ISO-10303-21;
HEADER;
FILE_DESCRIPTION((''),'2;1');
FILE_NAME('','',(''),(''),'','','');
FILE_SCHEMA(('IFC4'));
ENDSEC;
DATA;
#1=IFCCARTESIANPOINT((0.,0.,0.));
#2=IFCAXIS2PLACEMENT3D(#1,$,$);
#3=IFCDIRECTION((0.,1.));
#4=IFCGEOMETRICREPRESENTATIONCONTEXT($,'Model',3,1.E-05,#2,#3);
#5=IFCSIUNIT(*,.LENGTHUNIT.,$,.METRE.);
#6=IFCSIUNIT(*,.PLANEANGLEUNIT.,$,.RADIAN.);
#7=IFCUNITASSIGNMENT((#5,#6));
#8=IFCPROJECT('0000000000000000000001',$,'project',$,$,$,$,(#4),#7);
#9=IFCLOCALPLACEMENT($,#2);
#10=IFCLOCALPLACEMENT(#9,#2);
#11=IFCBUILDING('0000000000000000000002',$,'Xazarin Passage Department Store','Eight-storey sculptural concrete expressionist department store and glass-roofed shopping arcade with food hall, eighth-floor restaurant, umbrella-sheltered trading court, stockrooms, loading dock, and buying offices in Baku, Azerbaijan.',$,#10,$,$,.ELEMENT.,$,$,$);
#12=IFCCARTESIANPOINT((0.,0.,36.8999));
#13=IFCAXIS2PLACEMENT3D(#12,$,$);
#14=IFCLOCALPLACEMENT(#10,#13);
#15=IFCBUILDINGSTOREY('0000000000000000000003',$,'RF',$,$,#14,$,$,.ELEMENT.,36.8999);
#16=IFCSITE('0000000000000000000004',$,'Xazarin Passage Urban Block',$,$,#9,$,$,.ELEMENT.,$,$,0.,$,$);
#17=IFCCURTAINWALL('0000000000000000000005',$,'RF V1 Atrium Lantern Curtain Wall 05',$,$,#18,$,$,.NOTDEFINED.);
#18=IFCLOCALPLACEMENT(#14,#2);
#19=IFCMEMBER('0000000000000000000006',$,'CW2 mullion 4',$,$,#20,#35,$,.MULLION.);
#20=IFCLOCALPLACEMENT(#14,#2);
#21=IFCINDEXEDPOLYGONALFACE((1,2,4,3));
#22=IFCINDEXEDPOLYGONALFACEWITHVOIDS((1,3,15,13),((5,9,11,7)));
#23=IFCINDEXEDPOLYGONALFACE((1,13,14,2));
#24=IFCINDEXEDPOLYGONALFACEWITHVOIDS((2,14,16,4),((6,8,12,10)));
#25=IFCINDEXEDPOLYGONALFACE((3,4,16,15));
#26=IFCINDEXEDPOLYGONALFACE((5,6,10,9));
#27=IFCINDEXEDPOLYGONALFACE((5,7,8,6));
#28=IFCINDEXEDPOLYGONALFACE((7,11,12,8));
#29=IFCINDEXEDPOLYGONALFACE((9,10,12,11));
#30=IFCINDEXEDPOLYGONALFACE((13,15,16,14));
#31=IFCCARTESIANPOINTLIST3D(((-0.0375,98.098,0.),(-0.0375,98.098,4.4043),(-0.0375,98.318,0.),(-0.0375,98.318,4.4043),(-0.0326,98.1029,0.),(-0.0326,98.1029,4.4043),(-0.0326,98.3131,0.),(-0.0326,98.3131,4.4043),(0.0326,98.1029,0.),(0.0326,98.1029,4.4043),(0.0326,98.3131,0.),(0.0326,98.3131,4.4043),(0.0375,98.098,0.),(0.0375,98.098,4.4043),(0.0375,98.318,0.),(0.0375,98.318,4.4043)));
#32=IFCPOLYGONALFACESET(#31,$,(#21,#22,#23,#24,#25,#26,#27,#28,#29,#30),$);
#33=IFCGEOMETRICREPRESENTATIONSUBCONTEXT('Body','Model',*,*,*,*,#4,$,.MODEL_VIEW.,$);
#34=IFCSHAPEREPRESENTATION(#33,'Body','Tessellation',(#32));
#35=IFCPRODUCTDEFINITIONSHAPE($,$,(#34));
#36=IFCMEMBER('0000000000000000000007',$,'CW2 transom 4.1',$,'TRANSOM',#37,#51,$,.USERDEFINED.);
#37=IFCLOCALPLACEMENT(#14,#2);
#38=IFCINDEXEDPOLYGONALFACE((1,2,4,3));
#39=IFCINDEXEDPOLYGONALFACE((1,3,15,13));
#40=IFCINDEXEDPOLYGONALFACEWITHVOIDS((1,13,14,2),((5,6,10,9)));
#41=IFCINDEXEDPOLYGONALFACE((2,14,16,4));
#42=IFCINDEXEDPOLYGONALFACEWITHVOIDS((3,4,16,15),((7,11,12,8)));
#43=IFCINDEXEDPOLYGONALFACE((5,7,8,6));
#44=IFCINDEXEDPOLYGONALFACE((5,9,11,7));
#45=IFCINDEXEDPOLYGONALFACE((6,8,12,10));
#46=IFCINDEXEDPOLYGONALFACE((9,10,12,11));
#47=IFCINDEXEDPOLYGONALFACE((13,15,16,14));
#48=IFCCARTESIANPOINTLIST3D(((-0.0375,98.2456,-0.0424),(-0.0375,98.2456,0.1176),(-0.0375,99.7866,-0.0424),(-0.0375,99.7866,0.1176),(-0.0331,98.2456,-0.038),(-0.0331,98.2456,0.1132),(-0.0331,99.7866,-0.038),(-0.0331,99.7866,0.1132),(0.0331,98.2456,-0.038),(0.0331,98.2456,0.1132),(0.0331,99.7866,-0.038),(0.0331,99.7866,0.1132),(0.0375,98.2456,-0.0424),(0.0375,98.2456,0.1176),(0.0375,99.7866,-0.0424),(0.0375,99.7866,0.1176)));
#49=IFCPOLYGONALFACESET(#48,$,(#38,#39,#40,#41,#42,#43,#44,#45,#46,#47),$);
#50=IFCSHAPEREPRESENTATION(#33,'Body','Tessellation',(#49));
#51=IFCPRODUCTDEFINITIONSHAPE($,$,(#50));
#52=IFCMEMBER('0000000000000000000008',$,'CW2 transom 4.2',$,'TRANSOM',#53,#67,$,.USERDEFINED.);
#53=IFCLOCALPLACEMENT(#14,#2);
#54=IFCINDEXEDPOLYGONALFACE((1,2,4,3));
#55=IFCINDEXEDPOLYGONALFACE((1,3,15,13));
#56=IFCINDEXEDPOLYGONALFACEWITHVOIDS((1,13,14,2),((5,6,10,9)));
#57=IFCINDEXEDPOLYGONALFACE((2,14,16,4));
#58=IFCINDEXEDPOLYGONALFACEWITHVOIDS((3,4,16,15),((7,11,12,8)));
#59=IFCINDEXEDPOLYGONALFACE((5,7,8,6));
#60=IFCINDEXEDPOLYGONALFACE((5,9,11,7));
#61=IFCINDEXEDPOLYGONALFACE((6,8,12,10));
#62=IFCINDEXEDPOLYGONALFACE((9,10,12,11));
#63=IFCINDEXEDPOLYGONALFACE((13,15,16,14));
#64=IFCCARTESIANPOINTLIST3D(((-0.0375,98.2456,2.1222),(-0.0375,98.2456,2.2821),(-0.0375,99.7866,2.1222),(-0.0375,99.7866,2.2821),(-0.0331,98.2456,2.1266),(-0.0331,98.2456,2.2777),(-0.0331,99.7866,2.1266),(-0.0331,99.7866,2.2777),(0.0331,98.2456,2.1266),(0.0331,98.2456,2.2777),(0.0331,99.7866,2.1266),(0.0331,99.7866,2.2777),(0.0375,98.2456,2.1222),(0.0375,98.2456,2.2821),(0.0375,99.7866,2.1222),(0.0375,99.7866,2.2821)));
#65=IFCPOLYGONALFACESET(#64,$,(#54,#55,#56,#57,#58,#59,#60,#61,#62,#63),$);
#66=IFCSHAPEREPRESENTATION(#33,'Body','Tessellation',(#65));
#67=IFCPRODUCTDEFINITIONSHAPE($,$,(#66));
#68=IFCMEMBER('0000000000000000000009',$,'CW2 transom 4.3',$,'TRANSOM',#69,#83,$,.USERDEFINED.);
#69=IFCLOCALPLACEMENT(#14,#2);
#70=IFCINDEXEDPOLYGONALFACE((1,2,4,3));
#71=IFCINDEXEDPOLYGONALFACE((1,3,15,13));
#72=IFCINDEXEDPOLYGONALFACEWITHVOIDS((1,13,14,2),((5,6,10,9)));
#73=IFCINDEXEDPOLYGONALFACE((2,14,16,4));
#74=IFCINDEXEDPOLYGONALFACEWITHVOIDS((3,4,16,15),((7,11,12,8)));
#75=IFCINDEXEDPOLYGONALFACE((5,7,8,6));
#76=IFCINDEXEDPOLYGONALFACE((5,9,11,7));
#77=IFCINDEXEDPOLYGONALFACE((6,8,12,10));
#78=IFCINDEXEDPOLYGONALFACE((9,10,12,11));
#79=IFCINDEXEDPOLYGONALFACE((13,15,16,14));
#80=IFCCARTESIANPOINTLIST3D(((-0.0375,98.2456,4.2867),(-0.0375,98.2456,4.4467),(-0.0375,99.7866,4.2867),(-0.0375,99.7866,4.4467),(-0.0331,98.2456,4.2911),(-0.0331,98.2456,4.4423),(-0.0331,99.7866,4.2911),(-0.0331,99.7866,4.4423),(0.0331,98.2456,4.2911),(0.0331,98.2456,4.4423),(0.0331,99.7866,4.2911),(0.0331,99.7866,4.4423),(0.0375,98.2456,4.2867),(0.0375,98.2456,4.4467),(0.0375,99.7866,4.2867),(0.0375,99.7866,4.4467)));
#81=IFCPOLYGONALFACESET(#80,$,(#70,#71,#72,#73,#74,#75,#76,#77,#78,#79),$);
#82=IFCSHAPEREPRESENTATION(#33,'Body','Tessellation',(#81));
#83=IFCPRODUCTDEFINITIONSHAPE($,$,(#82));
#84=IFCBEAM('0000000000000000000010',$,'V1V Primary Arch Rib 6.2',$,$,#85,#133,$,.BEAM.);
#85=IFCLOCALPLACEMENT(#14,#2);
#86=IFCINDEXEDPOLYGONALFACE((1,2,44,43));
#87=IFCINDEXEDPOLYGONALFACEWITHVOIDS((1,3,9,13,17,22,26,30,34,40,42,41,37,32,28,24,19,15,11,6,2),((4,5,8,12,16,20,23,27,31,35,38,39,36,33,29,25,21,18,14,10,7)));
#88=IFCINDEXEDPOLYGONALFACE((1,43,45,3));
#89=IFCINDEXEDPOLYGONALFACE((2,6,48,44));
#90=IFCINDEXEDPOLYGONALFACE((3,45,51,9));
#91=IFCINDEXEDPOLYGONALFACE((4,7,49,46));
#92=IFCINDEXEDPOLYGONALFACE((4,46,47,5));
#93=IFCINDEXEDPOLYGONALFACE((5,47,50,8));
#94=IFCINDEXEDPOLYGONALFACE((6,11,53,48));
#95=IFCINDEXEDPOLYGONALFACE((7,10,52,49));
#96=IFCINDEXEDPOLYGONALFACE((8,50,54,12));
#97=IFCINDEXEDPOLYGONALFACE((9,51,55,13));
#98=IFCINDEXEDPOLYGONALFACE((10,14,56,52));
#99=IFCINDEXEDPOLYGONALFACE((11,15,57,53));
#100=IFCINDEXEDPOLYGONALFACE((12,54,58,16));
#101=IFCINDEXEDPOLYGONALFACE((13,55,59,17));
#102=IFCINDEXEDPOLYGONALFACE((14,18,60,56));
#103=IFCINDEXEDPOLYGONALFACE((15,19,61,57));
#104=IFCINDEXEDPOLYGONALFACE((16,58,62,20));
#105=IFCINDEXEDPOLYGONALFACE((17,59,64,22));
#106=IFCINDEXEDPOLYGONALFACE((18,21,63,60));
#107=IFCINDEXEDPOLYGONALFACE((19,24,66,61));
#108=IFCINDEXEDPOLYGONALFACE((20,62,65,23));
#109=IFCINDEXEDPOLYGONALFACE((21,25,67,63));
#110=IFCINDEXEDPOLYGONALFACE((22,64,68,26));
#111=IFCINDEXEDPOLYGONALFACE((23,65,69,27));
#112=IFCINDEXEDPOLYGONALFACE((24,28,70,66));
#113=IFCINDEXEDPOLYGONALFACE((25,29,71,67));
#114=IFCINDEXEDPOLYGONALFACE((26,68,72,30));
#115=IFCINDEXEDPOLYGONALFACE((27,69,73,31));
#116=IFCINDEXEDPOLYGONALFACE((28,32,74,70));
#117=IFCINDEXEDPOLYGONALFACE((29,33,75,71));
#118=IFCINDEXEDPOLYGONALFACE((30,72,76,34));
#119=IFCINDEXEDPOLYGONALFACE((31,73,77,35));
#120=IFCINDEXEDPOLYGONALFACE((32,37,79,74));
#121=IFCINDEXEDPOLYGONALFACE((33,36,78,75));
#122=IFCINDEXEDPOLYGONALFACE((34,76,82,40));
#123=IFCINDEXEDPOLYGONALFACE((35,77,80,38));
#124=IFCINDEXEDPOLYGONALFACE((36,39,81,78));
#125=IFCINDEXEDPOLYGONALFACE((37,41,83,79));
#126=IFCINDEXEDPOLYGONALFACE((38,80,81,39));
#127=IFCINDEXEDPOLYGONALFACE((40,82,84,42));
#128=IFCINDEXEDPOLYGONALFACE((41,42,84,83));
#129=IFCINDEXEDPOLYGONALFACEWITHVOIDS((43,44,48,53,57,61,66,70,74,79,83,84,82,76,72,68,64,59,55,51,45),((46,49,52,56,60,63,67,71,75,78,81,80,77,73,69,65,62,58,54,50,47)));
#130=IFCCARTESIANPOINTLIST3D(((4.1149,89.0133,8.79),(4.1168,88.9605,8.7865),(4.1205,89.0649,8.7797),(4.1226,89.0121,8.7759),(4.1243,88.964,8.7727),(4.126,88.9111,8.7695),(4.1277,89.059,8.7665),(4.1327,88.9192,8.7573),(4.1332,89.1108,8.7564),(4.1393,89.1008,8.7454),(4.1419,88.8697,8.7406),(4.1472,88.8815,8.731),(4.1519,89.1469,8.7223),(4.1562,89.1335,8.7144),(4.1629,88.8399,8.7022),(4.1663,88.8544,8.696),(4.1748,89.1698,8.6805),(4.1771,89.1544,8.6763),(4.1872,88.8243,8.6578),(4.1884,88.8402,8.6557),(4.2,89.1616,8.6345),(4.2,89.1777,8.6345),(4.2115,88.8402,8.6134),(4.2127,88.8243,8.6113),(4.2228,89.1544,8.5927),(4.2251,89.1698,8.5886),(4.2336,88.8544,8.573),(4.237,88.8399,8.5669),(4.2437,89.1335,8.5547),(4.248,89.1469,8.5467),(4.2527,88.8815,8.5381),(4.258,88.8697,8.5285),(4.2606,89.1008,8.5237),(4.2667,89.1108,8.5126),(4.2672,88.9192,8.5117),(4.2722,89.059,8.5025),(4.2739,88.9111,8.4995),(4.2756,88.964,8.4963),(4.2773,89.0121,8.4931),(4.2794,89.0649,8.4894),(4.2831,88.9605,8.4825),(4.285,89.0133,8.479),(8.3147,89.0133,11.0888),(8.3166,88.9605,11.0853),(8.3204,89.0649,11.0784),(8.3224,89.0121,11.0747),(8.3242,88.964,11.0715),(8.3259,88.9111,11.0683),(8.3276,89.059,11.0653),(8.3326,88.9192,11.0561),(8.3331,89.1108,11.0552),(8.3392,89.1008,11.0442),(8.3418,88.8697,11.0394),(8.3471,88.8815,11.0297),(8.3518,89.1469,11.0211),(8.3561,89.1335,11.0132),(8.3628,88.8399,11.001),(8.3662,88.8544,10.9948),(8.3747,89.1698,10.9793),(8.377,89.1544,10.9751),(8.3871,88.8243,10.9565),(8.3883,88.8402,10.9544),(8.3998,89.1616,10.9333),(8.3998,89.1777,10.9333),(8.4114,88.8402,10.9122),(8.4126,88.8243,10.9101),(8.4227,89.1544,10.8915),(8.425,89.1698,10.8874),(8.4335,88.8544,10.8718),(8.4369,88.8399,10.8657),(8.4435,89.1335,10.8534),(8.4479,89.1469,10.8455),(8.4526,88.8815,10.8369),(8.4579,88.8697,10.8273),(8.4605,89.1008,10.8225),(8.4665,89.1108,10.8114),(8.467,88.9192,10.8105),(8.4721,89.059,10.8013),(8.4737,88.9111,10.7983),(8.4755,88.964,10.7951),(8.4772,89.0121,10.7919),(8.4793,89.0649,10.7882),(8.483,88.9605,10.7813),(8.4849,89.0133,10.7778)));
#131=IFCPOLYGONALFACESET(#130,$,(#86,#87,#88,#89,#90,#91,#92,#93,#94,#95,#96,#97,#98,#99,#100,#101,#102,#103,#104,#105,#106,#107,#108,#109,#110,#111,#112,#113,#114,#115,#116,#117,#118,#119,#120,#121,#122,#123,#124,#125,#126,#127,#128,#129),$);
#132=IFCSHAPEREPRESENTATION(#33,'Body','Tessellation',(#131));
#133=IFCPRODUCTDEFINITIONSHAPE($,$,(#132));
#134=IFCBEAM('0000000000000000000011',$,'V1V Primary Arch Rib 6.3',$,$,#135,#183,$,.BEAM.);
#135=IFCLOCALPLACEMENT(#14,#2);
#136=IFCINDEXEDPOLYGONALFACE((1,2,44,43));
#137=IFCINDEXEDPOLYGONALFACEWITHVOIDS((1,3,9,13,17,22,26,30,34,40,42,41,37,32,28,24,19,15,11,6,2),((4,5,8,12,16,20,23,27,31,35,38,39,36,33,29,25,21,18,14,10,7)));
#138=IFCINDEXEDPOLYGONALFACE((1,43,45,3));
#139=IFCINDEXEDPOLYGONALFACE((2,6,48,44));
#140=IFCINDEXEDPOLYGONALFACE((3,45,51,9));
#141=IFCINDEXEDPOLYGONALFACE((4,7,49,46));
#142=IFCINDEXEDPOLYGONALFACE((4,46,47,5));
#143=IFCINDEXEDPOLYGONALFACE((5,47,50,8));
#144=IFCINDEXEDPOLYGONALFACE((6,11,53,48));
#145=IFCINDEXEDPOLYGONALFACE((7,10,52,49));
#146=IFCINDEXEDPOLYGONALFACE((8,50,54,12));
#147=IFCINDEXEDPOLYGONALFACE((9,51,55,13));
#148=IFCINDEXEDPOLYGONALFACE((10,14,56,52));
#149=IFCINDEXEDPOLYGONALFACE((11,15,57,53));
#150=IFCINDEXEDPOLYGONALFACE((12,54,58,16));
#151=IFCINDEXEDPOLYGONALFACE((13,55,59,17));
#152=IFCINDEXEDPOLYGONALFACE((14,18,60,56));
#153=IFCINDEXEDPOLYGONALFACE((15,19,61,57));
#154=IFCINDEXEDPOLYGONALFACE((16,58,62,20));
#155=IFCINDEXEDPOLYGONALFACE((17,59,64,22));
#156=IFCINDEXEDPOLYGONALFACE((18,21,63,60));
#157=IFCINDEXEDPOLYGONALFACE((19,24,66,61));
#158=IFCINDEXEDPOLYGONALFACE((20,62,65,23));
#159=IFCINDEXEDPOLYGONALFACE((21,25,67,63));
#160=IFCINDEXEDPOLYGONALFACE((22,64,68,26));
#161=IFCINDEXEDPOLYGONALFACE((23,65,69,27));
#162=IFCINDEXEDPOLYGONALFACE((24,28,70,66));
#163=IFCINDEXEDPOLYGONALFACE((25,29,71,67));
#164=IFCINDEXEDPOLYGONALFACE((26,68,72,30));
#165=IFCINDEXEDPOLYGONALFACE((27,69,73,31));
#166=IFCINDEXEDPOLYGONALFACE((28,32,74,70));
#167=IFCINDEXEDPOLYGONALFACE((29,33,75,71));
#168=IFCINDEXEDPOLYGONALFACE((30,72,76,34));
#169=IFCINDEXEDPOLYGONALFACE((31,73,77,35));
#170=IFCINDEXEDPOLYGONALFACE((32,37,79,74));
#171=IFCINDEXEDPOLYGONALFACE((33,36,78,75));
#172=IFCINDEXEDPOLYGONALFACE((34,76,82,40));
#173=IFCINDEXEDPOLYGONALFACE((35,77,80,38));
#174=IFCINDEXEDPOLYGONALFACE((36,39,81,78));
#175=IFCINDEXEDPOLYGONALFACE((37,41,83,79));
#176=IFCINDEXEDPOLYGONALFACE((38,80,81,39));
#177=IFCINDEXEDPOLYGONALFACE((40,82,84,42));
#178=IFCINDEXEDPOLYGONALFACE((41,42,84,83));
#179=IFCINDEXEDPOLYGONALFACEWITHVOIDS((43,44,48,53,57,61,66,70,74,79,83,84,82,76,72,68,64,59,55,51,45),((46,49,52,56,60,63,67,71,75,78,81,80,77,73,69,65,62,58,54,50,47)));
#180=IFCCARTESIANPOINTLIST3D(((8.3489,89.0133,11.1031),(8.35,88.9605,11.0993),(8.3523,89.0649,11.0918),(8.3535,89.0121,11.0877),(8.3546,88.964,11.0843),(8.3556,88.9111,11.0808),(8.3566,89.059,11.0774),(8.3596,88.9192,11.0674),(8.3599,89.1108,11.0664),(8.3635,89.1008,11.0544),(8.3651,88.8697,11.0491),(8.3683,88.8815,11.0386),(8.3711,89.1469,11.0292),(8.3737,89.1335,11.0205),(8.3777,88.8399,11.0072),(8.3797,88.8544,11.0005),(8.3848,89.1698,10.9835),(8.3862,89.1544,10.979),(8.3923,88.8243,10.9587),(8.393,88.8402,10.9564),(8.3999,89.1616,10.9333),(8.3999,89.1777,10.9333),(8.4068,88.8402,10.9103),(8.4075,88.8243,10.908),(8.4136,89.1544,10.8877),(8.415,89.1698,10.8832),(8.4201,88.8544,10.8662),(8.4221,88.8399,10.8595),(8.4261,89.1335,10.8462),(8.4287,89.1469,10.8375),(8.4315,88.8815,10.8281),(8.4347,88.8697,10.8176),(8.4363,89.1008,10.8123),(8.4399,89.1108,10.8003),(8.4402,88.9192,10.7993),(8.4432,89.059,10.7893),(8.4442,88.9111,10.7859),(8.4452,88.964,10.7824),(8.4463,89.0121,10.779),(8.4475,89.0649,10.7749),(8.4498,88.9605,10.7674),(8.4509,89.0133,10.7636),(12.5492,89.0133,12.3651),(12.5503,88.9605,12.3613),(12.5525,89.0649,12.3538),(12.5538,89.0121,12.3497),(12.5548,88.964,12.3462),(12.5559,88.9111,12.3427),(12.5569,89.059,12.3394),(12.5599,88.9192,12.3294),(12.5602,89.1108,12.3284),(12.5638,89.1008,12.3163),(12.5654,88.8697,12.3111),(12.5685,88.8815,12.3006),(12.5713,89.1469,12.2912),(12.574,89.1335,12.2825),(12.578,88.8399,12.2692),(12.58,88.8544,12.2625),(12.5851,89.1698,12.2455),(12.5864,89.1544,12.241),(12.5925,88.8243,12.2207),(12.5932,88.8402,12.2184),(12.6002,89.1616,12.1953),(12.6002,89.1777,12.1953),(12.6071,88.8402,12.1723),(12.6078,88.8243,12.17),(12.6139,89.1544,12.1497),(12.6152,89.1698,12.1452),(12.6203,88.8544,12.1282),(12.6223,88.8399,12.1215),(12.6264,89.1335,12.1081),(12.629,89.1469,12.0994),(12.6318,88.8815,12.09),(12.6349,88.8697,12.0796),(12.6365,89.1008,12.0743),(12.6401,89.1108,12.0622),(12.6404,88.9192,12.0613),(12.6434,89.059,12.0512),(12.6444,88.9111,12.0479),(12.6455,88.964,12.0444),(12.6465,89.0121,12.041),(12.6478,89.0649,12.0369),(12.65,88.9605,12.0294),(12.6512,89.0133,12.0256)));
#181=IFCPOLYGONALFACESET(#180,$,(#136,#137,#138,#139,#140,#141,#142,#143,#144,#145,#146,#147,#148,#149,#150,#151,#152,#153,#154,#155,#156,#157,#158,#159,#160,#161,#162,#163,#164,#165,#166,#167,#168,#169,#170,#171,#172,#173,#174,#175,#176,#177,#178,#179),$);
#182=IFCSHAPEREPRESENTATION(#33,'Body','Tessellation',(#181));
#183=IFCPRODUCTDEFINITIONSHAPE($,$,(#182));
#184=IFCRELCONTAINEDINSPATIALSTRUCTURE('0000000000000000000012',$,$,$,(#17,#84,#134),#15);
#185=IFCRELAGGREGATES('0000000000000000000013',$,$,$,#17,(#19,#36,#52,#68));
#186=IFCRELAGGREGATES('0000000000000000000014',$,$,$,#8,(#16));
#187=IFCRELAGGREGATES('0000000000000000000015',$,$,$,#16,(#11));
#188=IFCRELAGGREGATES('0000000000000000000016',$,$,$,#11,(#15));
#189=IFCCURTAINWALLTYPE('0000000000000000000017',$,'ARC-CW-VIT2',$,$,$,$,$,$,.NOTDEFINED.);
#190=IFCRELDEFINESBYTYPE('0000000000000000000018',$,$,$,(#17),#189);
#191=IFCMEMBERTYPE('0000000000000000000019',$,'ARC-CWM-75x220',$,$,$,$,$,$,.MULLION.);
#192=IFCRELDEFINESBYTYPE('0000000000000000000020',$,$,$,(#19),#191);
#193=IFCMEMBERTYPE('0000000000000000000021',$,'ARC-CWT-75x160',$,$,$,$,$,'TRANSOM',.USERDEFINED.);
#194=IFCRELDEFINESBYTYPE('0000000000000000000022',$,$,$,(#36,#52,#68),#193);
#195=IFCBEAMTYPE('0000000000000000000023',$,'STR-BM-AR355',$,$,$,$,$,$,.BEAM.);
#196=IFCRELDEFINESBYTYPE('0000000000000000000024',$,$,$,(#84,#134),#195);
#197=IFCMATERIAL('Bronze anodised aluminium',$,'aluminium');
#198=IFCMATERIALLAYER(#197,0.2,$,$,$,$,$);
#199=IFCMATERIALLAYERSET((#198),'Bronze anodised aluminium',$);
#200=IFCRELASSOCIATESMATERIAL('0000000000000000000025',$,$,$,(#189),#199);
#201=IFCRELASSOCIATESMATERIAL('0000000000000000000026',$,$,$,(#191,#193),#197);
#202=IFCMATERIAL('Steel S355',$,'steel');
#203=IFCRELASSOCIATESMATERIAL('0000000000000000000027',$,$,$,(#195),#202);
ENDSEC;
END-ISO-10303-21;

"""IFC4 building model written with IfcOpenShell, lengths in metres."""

from ifc_helpers import new_model, si_unit, direction, frame, origin, origin_2d, place, context, subcontext, project, spatial, hollow_rectangle, hollow_circle, extrude, material, layer, layer_set, material_profile, profile_set, type_object, element, aggregate, save


model = new_model("IFC4")

# Units and contexts
model_context = context("Model", 3, precision=1e-05, world=origin(), true_north=direction((0.0, 1.0)))
body_context = subcontext(model_context, "Body", "Model", "MODEL_VIEW")
ifc_project = project(units=[si_unit("LENGTHUNIT", "METRE"), si_unit("PLANEANGLEUNIT", "RADIAN")], contexts=[model_context])

# Site, building, storey
site_placement = place(None, origin())
site = spatial("IfcSite", under=ifc_project, at=site_placement, Name="Xazarin Passage Urban Block", CompositionType="ELEMENT", RefElevation=0.0)
building_placement = place(site_placement, origin())
building = spatial("IfcBuilding", under=site, at=building_placement, Name="Xazarin Passage Department Store", Description="Eight-storey sculptural concrete expressionist department store and glass-roofed shopping arcade with food hall, eighth-floor restaurant, umbrella-sheltered trading court, stockrooms, loading dock, and buying offices in Baku, Azerbaijan.", CompositionType="ELEMENT")
storey_placement = place(building_placement, frame((0.0, 0.0, 36.8999)))
storey = spatial("IfcBuildingStorey", under=building, at=storey_placement, Name="RF", CompositionType="ELEMENT", Elevation=36.8999)

# Curtain wall, members
ifc_material_1 = material(Name="Bronze anodised aluminium", Category="aluminium")
ifc_layer_1 = layer(ifc_material_1, 0.2)
ifc_layer_set_1 = layer_set([ifc_layer_1], Name="Bronze anodised aluminium")
curtain_wall_type = type_object("IfcCurtainWallType", Name="ARC-CW-VIT2", PredefinedType="NOTDEFINED", material=ifc_layer_set_1)
curtain_wall_placement = place(storey_placement, origin())
curtain_wall = element("IfcCurtainWall", 1, at=curtain_wall_placement, inside=storey, type_object=curtain_wall_type, Name="RF V1 Atrium Lantern Curtain Wall 05", PredefinedType="NOTDEFINED")
ifc_material_profile_1 = material_profile(ifc_material_1, hollow_rectangle(XDim=0.075, YDim=0.22, WallThickness=0.0049, at=origin_2d()), Name="ALU 75x220")
ifc_profile_set_1 = profile_set([ifc_material_profile_1], Name="Bronze anodised aluminium")
member_type_1 = type_object("IfcMemberType", Name="ARC-CWM-75x220", PredefinedType="MULLION", material=ifc_profile_set_1)
member_1_placement = place(storey_placement, frame((0.0, 98.208, 0.0), z_axis=(0.0, 0.0, 1.0), x_axis=(-1.0, 0.0, 0.0)))
member_1 = element("IfcMember", 2, at=member_1_placement, type_object=member_type_1, Name="CW2 mullion 4", PredefinedType="MULLION", context=body_context, shape_type="SweptSolid", body=[
    extrude(hollow_rectangle(XDim=0.075, YDim=0.22, WallThickness=0.0049, at=origin_2d()), origin(), (0.0, 0.0, 1.0), 4.4043),
])
ifc_material_profile_2 = material_profile(ifc_material_1, hollow_rectangle(XDim=0.075, YDim=0.1599, WallThickness=0.0044, at=origin_2d()), Name="ALU 75x160")
ifc_profile_set_2 = profile_set([ifc_material_profile_2], Name="Bronze anodised aluminium")
member_type_2 = type_object("IfcMemberType", Name="ARC-CWT-75x160", ElementType="TRANSOM", PredefinedType="USERDEFINED", material=ifc_profile_set_2)
member_2_placement = place(storey_placement, frame((0.0, 98.2456, 0.0376), z_axis=(0.0, 1.0, 0.0), x_axis=(-1.0, 0.0, 0.0)))
member_2 = element("IfcMember", 3, at=member_2_placement, type_object=member_type_2, Name="CW2 transom 4.1", ObjectType="TRANSOM", PredefinedType="USERDEFINED", context=body_context, shape_type="SweptSolid", body=[
    extrude(hollow_rectangle(XDim=0.075, YDim=0.1599, WallThickness=0.0044, at=origin_2d()), origin(), (0.0, 0.0, 1.0), 1.541),
])
member_3_placement = place(storey_placement, frame((0.0, 98.2456, 2.2021), z_axis=(0.0, 1.0, 0.0), x_axis=(-1.0, 0.0, 0.0)))
member_3 = element("IfcMember", 4, at=member_3_placement, type_object=member_type_2, Name="CW2 transom 4.2", ObjectType="TRANSOM", PredefinedType="USERDEFINED", context=body_context, shape_type="SweptSolid", body=[
    extrude(hollow_rectangle(XDim=0.075, YDim=0.1599, WallThickness=0.0044, at=origin_2d()), origin(), (0.0, 0.0, 1.0), 1.541),
])
member_4_placement = place(storey_placement, frame((0.0, 98.2456, 4.3667), z_axis=(0.0, 1.0, 0.0), x_axis=(-1.0, 0.0, 0.0)))
member_4 = element("IfcMember", 5, at=member_4_placement, type_object=member_type_2, Name="CW2 transom 4.3", ObjectType="TRANSOM", PredefinedType="USERDEFINED", context=body_context, shape_type="SweptSolid", body=[
    extrude(hollow_rectangle(XDim=0.075, YDim=0.1599, WallThickness=0.0044, at=origin_2d()), origin(), (0.0, 0.0, 1.0), 1.541),
])

# Beams
ifc_material_2 = material(Name="Steel S355", Category="steel")
ifc_material_profile_3 = material_profile(ifc_material_2, hollow_circle(Radius=0.1777, WallThickness=0.0161, at=origin_2d()), Name="CHS 355.6x16")
ifc_profile_set_3 = profile_set([ifc_material_profile_3], Name="Steel S355")
beam_type_1 = type_object("IfcBeamType", Name="STR-BM-AR355", PredefinedType="BEAM", material=ifc_profile_set_3)
beam_1_placement = place(storey_placement, frame((4.2, 89.0, 8.6345), z_axis=(0.877197, 0.0, 0.480131), x_axis=(0.0, 1.0, 0.0)))
element("IfcBeam", 6, at=beam_1_placement, inside=storey, type_object=beam_type_1, Name="V1V Primary Arch Rib 6.2", PredefinedType="BEAM", context=body_context, shape_type="SweptSolid", body=[
    extrude(hollow_circle(Radius=0.1777, WallThickness=0.0161, at=origin_2d()), origin(), (0.0, 0.0, 1.0), 4.7878),
])
beam_2_placement = place(storey_placement, frame((8.3999, 89.0, 10.9333), z_axis=(0.957707, 0.0, 0.287746), x_axis=(0.0, 1.0, 0.0)))
element("IfcBeam", 7, at=beam_2_placement, inside=storey, type_object=beam_type_1, Name="V1V Primary Arch Rib 6.3", PredefinedType="BEAM", context=body_context, shape_type="SweptSolid", body=[
    extrude(hollow_circle(Radius=0.1777, WallThickness=0.0161, at=origin_2d()), origin(), (0.0, 0.0, 1.0), 4.3857),
])

aggregate(curtain_wall, [member_1, member_2, member_3, member_4])

save(model, "model.ifc")
